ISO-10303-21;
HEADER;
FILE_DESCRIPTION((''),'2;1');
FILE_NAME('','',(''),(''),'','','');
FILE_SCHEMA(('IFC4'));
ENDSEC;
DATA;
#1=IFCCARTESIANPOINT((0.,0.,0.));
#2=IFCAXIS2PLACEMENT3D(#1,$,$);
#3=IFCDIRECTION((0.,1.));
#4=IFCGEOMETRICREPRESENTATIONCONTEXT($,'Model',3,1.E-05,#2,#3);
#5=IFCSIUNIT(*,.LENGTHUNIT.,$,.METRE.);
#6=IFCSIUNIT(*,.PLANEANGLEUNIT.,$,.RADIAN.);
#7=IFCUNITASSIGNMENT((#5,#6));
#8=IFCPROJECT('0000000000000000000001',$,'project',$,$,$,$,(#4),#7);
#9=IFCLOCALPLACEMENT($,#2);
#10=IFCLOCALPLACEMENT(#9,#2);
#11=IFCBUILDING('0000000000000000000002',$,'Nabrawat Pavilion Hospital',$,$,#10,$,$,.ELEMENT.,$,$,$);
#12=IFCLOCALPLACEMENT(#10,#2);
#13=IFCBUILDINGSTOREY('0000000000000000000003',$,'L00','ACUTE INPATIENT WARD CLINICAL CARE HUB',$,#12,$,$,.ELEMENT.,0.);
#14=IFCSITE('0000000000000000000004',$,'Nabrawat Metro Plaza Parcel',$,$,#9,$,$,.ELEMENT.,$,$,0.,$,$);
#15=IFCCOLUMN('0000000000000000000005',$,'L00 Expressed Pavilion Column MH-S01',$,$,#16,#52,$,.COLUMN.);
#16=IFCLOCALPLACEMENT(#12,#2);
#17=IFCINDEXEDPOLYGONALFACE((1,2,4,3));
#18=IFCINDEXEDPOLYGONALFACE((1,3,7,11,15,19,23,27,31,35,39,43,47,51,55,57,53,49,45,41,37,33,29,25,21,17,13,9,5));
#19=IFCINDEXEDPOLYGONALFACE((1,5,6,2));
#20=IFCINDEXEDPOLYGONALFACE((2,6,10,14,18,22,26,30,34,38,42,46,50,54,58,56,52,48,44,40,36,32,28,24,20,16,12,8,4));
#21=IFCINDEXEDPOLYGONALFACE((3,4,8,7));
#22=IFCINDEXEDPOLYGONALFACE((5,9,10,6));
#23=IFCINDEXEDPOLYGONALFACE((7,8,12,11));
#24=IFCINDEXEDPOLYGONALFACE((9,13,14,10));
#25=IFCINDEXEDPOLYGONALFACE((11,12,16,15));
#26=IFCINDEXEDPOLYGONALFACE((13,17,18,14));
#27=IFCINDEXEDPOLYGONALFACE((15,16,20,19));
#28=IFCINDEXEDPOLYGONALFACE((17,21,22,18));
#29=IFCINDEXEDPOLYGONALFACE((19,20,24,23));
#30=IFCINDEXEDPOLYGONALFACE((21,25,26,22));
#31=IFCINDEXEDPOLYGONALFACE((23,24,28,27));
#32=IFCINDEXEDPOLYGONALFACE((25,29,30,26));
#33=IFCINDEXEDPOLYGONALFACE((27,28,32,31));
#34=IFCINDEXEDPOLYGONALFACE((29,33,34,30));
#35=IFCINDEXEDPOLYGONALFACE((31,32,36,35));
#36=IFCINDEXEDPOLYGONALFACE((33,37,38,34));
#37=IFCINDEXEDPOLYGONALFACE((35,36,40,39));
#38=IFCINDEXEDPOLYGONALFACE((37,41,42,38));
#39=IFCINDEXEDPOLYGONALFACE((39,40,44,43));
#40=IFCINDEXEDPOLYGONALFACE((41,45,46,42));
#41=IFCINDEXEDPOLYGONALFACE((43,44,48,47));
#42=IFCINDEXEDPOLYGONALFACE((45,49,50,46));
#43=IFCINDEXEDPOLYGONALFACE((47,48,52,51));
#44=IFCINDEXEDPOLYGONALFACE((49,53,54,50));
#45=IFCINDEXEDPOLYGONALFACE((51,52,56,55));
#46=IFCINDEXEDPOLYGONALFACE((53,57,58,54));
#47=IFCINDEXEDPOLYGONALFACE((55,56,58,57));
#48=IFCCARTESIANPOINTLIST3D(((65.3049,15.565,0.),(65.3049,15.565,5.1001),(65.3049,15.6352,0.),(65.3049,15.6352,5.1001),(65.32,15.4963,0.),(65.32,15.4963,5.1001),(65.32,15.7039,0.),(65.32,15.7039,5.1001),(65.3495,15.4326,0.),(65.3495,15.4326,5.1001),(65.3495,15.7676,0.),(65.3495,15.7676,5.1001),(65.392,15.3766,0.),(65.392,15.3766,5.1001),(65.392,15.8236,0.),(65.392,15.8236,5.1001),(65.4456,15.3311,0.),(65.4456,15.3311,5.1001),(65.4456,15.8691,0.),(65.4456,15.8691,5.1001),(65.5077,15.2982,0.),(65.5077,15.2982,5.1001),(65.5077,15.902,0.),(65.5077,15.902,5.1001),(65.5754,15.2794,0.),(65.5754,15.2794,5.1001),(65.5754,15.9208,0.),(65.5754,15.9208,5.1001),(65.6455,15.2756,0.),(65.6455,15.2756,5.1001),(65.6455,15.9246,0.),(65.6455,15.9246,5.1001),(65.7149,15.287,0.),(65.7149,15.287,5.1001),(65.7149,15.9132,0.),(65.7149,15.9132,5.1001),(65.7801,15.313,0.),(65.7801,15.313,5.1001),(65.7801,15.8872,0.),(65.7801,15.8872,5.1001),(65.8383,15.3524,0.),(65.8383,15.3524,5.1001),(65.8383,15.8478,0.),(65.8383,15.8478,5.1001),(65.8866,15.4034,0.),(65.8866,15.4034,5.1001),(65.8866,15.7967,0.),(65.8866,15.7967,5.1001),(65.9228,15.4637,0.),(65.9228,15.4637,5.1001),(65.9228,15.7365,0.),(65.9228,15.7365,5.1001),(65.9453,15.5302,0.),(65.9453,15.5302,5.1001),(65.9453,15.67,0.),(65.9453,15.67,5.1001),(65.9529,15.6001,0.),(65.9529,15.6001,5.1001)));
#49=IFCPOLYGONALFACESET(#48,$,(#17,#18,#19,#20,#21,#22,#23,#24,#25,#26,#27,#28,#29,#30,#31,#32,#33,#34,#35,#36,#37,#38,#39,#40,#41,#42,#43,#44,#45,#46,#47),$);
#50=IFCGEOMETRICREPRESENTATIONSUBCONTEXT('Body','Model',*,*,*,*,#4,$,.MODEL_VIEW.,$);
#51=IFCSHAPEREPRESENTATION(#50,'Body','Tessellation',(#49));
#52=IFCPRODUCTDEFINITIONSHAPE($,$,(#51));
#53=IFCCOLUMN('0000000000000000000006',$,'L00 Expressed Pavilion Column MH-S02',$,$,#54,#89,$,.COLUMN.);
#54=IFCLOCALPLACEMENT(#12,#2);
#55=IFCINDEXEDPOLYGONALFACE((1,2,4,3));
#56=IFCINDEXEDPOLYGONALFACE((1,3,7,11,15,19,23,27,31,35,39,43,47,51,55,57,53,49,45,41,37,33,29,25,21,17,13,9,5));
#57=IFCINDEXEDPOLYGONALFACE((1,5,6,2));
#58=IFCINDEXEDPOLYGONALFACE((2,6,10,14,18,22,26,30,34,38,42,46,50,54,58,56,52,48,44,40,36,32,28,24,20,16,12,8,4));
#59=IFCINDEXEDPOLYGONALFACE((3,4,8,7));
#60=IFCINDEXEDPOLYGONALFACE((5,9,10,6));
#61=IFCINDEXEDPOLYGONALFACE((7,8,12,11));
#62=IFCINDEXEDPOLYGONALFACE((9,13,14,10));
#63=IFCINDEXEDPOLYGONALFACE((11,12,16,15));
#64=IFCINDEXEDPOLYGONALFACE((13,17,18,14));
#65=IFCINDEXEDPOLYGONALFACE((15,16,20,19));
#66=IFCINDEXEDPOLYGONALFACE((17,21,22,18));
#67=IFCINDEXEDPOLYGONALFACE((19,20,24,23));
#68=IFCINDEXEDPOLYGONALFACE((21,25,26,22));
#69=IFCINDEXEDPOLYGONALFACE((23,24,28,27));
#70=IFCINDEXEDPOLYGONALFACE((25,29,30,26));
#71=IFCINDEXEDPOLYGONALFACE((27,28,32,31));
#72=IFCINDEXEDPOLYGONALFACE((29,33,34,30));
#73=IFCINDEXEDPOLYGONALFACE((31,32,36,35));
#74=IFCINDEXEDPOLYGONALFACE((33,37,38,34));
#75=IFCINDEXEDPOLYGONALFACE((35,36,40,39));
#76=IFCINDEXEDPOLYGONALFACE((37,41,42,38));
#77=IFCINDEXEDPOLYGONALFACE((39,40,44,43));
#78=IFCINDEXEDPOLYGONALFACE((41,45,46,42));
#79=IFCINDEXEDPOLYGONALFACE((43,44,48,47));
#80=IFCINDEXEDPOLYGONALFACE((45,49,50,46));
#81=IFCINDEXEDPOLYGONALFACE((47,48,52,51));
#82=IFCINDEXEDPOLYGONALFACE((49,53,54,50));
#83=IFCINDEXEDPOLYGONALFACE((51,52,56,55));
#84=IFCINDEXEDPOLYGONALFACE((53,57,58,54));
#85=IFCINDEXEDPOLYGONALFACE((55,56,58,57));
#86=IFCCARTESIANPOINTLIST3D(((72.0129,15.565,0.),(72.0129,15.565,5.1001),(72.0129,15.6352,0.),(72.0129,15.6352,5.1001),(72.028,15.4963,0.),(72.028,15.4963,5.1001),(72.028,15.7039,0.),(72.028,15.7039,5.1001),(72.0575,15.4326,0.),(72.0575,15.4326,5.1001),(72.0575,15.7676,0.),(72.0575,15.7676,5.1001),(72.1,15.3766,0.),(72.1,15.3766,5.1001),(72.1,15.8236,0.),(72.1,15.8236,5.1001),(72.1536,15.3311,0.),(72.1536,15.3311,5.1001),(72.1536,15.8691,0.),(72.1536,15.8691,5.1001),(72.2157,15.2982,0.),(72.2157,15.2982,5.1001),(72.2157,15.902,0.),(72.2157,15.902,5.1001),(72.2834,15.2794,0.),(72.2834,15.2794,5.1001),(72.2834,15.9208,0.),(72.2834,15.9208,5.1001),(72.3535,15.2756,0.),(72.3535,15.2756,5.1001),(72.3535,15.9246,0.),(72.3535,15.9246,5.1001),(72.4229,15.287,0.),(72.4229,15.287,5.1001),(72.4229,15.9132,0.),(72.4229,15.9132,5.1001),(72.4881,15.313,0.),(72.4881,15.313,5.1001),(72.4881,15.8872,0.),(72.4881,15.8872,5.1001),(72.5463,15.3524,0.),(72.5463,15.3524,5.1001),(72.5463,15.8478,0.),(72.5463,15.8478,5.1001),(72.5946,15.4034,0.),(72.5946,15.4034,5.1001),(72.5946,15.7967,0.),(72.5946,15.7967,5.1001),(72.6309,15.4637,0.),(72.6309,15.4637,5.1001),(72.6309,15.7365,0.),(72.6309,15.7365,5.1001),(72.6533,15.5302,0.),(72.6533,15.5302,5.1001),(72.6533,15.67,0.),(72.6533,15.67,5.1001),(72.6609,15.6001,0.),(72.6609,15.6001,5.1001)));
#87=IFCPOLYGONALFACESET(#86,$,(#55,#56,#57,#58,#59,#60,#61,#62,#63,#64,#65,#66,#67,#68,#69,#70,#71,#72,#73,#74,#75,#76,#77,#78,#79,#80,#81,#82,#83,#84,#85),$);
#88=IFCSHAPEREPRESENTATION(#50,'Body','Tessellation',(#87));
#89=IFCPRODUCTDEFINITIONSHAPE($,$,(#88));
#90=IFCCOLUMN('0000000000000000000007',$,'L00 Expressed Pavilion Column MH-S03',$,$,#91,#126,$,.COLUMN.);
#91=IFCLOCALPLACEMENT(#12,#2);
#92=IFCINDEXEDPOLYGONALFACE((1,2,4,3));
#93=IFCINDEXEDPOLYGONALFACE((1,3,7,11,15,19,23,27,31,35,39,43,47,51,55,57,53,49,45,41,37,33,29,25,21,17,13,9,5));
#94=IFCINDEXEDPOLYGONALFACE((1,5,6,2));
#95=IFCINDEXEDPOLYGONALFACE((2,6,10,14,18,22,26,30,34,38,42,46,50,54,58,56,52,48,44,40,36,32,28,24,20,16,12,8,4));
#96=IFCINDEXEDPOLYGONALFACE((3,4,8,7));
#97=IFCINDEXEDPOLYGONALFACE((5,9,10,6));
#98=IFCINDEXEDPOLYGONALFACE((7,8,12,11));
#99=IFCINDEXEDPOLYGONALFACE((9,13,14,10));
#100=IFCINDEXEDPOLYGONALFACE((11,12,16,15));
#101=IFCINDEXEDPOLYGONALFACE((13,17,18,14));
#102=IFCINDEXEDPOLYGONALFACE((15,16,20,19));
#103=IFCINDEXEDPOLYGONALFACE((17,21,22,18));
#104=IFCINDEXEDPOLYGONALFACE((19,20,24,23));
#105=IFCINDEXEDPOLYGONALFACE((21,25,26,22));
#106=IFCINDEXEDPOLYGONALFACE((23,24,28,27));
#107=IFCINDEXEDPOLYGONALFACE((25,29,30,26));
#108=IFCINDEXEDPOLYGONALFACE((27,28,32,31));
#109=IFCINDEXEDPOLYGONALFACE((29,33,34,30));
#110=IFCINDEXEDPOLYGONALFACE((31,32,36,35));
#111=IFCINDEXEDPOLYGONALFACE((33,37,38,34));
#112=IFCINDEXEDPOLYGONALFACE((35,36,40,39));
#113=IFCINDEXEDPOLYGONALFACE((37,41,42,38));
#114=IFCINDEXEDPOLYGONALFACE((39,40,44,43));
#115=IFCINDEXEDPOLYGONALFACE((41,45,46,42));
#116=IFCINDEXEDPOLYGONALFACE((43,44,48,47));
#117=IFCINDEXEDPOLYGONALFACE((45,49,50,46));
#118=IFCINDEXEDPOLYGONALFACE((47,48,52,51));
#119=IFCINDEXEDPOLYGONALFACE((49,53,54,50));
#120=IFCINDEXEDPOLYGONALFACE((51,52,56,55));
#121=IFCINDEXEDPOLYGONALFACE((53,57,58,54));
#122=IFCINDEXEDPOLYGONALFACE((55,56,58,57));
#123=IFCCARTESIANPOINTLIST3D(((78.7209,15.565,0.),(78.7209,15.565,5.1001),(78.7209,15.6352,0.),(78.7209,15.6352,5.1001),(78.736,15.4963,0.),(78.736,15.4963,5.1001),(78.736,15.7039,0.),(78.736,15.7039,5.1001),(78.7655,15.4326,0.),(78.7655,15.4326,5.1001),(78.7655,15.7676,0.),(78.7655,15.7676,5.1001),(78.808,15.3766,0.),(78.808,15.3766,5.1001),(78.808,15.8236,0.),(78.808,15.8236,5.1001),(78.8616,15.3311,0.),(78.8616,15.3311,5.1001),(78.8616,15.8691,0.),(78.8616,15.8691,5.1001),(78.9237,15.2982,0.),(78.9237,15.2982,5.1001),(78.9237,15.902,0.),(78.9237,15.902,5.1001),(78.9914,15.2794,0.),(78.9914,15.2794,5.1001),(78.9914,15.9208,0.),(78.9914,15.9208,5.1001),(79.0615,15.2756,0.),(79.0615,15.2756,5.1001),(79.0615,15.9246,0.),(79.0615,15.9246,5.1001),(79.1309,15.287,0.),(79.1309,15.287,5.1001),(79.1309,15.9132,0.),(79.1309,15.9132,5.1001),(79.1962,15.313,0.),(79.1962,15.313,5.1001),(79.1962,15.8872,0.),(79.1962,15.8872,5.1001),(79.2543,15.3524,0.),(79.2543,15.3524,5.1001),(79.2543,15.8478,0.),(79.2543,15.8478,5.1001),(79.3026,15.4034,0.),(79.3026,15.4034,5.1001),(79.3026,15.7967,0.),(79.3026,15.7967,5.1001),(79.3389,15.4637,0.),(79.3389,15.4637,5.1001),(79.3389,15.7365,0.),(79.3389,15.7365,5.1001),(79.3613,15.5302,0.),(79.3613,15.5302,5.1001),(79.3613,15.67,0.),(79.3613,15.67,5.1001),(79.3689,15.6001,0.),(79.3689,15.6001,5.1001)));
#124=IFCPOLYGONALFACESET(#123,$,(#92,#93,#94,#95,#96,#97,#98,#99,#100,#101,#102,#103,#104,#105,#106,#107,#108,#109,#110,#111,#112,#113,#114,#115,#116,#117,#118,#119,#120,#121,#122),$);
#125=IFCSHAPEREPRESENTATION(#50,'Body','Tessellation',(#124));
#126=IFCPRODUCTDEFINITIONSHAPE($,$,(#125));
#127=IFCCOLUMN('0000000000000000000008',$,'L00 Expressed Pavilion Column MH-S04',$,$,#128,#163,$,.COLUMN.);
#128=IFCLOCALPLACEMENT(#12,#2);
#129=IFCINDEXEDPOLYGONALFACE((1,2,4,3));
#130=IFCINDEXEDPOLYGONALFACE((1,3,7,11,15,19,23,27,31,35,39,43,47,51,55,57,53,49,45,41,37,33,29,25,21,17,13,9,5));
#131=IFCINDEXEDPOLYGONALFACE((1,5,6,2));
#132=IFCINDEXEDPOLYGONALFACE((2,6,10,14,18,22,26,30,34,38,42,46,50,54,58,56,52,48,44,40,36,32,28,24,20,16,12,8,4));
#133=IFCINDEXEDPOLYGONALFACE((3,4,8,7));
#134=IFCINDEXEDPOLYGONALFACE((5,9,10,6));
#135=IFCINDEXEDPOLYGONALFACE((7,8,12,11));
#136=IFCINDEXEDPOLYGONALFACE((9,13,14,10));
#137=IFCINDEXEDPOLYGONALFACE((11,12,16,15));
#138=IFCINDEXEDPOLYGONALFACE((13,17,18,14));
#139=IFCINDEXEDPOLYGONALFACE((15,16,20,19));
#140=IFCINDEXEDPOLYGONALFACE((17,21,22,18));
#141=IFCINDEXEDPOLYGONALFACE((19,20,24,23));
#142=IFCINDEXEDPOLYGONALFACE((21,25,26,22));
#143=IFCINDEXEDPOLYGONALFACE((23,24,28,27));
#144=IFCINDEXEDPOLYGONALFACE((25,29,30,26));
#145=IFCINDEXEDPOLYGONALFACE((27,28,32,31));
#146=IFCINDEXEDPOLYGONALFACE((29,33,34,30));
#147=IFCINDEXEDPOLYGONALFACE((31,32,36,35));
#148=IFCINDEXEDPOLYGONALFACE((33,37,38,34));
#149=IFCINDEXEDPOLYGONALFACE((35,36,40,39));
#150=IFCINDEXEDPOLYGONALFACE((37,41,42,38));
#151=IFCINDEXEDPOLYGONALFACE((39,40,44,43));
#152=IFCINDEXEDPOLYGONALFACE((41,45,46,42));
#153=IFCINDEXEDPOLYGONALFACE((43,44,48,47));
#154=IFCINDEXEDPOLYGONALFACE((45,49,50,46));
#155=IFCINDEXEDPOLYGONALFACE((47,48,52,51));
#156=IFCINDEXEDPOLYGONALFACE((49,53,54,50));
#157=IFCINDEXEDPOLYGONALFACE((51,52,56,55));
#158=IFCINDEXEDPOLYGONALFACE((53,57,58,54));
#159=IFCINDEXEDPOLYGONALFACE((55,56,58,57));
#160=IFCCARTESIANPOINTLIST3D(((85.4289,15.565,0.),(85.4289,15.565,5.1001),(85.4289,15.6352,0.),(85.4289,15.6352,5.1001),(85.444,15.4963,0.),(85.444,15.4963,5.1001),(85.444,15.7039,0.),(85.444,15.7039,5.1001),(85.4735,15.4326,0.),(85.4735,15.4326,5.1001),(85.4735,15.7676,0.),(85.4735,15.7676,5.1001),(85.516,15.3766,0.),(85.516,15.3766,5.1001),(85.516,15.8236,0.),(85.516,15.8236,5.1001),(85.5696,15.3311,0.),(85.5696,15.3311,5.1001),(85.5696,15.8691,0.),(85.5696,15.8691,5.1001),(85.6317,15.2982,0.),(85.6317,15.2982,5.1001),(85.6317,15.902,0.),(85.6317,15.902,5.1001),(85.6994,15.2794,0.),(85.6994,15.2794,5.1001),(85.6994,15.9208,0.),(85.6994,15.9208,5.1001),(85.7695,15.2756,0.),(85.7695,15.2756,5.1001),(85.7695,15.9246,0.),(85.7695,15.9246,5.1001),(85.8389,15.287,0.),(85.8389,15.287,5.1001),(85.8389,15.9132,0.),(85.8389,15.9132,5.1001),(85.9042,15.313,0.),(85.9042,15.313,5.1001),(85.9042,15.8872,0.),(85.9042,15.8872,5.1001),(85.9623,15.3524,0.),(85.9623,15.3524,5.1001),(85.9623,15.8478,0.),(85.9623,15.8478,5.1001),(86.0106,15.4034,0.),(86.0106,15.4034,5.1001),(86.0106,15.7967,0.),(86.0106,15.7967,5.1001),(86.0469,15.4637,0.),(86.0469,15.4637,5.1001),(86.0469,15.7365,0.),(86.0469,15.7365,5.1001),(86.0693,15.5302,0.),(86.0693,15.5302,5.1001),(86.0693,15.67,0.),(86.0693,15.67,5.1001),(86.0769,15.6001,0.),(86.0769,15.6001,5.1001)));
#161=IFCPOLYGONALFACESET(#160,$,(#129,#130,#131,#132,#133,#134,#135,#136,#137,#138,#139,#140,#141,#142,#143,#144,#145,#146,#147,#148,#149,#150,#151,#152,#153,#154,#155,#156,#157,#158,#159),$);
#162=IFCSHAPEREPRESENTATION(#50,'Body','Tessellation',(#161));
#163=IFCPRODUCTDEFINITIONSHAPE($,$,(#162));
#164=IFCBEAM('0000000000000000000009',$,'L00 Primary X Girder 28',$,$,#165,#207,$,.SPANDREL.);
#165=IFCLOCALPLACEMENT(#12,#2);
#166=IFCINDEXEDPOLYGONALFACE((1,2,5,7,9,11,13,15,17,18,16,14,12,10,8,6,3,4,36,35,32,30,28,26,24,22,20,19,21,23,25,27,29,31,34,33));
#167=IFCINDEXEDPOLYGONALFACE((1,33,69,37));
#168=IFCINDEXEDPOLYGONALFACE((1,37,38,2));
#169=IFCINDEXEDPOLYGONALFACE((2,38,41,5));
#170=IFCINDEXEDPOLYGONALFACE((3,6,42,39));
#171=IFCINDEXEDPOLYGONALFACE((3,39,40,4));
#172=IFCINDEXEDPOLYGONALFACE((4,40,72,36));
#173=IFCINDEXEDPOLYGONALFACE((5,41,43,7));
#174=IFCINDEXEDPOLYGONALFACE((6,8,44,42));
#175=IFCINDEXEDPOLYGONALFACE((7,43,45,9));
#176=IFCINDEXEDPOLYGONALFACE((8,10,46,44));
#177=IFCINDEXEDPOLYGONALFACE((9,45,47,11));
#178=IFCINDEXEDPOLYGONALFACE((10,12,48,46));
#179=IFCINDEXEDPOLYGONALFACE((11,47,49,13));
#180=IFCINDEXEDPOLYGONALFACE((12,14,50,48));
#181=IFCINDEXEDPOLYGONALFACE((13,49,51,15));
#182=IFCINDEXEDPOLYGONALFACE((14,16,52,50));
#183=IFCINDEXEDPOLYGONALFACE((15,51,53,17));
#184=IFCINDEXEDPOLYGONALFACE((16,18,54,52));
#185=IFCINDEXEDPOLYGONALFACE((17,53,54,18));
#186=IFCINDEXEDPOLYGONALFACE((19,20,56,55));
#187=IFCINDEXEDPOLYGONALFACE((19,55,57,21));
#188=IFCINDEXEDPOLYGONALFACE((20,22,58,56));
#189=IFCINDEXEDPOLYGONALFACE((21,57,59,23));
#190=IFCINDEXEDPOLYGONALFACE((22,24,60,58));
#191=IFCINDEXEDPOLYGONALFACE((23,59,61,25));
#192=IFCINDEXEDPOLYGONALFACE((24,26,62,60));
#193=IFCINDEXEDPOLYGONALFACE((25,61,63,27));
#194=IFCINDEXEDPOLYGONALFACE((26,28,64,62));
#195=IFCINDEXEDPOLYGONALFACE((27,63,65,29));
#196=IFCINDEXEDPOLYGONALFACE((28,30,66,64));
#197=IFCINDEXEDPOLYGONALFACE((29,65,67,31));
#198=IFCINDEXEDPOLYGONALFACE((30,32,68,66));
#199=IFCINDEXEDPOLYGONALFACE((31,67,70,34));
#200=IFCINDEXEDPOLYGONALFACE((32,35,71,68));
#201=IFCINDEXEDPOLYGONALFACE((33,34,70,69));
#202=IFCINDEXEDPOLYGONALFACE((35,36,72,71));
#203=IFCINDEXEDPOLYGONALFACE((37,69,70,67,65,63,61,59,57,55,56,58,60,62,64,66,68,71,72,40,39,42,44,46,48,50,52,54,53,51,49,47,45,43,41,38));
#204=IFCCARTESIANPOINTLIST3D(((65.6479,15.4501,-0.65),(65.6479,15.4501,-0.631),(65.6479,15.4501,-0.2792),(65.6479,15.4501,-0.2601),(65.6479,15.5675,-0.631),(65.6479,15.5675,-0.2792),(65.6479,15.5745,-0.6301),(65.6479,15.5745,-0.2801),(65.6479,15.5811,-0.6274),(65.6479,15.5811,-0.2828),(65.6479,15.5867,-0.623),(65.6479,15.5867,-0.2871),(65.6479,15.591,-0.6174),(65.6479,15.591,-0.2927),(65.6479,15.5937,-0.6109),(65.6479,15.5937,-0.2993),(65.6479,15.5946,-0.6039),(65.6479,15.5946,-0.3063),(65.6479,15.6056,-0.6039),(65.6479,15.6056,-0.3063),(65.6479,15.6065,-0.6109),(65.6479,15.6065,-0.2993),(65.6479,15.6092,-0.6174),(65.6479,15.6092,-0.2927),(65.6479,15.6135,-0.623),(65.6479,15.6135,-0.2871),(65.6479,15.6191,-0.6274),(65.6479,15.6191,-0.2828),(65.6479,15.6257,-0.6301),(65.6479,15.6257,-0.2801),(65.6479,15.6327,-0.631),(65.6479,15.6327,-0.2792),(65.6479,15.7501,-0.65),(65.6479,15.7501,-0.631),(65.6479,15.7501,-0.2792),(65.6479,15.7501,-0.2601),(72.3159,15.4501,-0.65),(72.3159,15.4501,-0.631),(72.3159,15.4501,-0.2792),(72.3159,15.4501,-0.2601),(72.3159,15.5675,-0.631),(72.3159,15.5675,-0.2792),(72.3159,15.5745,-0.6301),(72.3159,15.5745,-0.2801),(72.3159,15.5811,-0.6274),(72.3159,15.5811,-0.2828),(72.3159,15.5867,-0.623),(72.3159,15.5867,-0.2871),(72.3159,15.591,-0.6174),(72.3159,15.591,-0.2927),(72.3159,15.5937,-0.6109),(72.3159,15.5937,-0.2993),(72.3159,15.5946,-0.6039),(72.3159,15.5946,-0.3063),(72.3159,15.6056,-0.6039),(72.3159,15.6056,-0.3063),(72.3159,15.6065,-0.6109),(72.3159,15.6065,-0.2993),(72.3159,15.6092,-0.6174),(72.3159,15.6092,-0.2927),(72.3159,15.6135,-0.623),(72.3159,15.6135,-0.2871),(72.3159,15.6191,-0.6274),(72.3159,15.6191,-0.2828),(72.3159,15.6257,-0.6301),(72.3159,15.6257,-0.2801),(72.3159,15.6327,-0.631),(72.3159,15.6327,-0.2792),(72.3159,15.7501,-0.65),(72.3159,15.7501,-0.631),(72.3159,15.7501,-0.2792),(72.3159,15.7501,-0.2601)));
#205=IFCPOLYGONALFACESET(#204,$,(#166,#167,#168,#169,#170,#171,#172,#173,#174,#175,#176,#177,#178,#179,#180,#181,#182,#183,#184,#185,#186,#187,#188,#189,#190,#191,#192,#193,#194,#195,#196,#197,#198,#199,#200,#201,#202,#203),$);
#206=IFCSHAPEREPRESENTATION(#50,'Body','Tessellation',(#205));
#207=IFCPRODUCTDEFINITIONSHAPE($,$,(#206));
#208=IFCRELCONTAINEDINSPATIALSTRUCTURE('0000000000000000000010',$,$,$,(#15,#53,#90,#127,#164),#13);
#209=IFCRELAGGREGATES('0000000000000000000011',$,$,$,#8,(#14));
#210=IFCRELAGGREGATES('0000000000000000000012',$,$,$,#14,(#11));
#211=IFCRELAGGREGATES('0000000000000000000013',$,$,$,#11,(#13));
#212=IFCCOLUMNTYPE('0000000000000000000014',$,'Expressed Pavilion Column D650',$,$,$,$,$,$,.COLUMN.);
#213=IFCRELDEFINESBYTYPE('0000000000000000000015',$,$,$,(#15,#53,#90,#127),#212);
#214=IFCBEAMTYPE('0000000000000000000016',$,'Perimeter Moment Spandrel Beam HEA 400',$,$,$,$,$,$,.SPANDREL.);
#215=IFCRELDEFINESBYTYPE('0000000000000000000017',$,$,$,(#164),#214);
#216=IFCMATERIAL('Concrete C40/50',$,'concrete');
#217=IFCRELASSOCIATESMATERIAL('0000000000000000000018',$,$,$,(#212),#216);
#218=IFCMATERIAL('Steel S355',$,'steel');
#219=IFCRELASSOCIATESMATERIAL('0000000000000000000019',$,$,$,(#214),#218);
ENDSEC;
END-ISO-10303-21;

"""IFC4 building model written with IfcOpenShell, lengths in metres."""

from ifc_helpers import new_model, si_unit, direction, frame, origin, origin_2d, place, context, subcontext, project, spatial, circle, i_section, extrude, material, material_profile, profile_set, type_object, element, save


model = new_model("IFC4")

# Units and contexts
model_context = context("Model", 3, precision=1e-05, world=origin(), true_north=direction((0.0, 1.0)))
body_context = subcontext(model_context, "Body", "Model", "MODEL_VIEW")
ifc_project = project(units=[si_unit("LENGTHUNIT", "METRE"), si_unit("PLANEANGLEUNIT", "RADIAN")], contexts=[model_context])

# Site, building, storey
site_placement = place(None, origin())
site = spatial("IfcSite", under=ifc_project, at=site_placement, Name="Nabrawat Metro Plaza Parcel", CompositionType="ELEMENT", RefElevation=0.0)
building_placement = place(site_placement, origin())
building = spatial("IfcBuilding", under=site, at=building_placement, Name="Nabrawat Pavilion Hospital", CompositionType="ELEMENT")
storey_placement = place(building_placement, origin())
storey = spatial("IfcBuildingStorey", under=building, at=storey_placement, Name="L00", Description="ACUTE INPATIENT WARD CLINICAL CARE HUB", CompositionType="ELEMENT", Elevation=0.0)

# Columns
ifc_material_1 = material(Name="Concrete C40/50", Category="concrete")
ifc_material_profile_1 = material_profile(ifc_material_1, circle(Radius=0.325, at=origin_2d()), Name="RC D650")
ifc_profile_set_1 = profile_set([ifc_material_profile_1], Name="Concrete C40/50")
column_type = type_object("IfcColumnType", Name="Expressed Pavilion Column D650", PredefinedType="COLUMN", material=ifc_profile_set_1)
for number, where, z_axis, x_axis, name in (
    (1, (65.6279, 15.6001, 0.0), (0.0, 0.0, 1.0), (1.0, 0.0, 0.0), "L00 Expressed Pavilion Column MH-S01"),
    (2, (72.3359, 15.6001, 0.0), (0.0, 0.0, 1.0), (1.0, 0.0, 0.0), "L00 Expressed Pavilion Column MH-S02"),
    (3, (79.0439, 15.6001, 0.0), (0.0, 0.0, 1.0), (1.0, 0.0, 0.0), "L00 Expressed Pavilion Column MH-S03"),
    (4, (85.752, 15.6001, 0.0), (0.0, 0.0, 1.0), (1.0, 0.0, 0.0), "L00 Expressed Pavilion Column MH-S04"),
):
    element("IfcColumn", number, at=place(storey_placement, frame(where, z_axis=z_axis, x_axis=x_axis)), inside=storey, type_object=column_type, Name=name, PredefinedType="COLUMN", context=body_context, shape_type="SweptSolid", body=[
        extrude(circle(Radius=0.325, at=origin_2d()), origin(), (0.0, 0.0, 1.0), 5.1001),
    ])

# Beam
ifc_material_2 = material(Name="Steel S355", Category="steel")
ifc_material_profile_2 = material_profile(ifc_material_2, i_section(OverallWidth=0.3, OverallDepth=0.3899, WebThickness=0.011, FlangeThickness=0.019, FilletRadius=0.0271, at=origin_2d()), Name="HEA 400")
ifc_profile_set_2 = profile_set([ifc_material_profile_2], Name="Steel S355")
beam_type = type_object("IfcBeamType", Name="Perimeter Moment Spandrel Beam HEA 400", PredefinedType="SPANDREL", material=ifc_profile_set_2)
for number, where, z_axis, x_axis, name in (
    (5, (65.6479, 15.6001, -0.4551), (1.0, 0.0, 0.0), (0.0, 1.0, 0.0), "L00 Primary X Girder 28"),
):
    element("IfcBeam", number, at=place(storey_placement, frame(where, z_axis=z_axis, x_axis=x_axis)), inside=storey, type_object=beam_type, Name=name, PredefinedType="SPANDREL", context=body_context, shape_type="SweptSolid", body=[
        extrude(i_section(OverallWidth=0.3, OverallDepth=0.3899, WebThickness=0.011, FlangeThickness=0.019, FilletRadius=0.0271, at=origin_2d()), origin(), (0.0, 0.0, 1.0), 6.668),
    ])

save(model, "model.ifc")
